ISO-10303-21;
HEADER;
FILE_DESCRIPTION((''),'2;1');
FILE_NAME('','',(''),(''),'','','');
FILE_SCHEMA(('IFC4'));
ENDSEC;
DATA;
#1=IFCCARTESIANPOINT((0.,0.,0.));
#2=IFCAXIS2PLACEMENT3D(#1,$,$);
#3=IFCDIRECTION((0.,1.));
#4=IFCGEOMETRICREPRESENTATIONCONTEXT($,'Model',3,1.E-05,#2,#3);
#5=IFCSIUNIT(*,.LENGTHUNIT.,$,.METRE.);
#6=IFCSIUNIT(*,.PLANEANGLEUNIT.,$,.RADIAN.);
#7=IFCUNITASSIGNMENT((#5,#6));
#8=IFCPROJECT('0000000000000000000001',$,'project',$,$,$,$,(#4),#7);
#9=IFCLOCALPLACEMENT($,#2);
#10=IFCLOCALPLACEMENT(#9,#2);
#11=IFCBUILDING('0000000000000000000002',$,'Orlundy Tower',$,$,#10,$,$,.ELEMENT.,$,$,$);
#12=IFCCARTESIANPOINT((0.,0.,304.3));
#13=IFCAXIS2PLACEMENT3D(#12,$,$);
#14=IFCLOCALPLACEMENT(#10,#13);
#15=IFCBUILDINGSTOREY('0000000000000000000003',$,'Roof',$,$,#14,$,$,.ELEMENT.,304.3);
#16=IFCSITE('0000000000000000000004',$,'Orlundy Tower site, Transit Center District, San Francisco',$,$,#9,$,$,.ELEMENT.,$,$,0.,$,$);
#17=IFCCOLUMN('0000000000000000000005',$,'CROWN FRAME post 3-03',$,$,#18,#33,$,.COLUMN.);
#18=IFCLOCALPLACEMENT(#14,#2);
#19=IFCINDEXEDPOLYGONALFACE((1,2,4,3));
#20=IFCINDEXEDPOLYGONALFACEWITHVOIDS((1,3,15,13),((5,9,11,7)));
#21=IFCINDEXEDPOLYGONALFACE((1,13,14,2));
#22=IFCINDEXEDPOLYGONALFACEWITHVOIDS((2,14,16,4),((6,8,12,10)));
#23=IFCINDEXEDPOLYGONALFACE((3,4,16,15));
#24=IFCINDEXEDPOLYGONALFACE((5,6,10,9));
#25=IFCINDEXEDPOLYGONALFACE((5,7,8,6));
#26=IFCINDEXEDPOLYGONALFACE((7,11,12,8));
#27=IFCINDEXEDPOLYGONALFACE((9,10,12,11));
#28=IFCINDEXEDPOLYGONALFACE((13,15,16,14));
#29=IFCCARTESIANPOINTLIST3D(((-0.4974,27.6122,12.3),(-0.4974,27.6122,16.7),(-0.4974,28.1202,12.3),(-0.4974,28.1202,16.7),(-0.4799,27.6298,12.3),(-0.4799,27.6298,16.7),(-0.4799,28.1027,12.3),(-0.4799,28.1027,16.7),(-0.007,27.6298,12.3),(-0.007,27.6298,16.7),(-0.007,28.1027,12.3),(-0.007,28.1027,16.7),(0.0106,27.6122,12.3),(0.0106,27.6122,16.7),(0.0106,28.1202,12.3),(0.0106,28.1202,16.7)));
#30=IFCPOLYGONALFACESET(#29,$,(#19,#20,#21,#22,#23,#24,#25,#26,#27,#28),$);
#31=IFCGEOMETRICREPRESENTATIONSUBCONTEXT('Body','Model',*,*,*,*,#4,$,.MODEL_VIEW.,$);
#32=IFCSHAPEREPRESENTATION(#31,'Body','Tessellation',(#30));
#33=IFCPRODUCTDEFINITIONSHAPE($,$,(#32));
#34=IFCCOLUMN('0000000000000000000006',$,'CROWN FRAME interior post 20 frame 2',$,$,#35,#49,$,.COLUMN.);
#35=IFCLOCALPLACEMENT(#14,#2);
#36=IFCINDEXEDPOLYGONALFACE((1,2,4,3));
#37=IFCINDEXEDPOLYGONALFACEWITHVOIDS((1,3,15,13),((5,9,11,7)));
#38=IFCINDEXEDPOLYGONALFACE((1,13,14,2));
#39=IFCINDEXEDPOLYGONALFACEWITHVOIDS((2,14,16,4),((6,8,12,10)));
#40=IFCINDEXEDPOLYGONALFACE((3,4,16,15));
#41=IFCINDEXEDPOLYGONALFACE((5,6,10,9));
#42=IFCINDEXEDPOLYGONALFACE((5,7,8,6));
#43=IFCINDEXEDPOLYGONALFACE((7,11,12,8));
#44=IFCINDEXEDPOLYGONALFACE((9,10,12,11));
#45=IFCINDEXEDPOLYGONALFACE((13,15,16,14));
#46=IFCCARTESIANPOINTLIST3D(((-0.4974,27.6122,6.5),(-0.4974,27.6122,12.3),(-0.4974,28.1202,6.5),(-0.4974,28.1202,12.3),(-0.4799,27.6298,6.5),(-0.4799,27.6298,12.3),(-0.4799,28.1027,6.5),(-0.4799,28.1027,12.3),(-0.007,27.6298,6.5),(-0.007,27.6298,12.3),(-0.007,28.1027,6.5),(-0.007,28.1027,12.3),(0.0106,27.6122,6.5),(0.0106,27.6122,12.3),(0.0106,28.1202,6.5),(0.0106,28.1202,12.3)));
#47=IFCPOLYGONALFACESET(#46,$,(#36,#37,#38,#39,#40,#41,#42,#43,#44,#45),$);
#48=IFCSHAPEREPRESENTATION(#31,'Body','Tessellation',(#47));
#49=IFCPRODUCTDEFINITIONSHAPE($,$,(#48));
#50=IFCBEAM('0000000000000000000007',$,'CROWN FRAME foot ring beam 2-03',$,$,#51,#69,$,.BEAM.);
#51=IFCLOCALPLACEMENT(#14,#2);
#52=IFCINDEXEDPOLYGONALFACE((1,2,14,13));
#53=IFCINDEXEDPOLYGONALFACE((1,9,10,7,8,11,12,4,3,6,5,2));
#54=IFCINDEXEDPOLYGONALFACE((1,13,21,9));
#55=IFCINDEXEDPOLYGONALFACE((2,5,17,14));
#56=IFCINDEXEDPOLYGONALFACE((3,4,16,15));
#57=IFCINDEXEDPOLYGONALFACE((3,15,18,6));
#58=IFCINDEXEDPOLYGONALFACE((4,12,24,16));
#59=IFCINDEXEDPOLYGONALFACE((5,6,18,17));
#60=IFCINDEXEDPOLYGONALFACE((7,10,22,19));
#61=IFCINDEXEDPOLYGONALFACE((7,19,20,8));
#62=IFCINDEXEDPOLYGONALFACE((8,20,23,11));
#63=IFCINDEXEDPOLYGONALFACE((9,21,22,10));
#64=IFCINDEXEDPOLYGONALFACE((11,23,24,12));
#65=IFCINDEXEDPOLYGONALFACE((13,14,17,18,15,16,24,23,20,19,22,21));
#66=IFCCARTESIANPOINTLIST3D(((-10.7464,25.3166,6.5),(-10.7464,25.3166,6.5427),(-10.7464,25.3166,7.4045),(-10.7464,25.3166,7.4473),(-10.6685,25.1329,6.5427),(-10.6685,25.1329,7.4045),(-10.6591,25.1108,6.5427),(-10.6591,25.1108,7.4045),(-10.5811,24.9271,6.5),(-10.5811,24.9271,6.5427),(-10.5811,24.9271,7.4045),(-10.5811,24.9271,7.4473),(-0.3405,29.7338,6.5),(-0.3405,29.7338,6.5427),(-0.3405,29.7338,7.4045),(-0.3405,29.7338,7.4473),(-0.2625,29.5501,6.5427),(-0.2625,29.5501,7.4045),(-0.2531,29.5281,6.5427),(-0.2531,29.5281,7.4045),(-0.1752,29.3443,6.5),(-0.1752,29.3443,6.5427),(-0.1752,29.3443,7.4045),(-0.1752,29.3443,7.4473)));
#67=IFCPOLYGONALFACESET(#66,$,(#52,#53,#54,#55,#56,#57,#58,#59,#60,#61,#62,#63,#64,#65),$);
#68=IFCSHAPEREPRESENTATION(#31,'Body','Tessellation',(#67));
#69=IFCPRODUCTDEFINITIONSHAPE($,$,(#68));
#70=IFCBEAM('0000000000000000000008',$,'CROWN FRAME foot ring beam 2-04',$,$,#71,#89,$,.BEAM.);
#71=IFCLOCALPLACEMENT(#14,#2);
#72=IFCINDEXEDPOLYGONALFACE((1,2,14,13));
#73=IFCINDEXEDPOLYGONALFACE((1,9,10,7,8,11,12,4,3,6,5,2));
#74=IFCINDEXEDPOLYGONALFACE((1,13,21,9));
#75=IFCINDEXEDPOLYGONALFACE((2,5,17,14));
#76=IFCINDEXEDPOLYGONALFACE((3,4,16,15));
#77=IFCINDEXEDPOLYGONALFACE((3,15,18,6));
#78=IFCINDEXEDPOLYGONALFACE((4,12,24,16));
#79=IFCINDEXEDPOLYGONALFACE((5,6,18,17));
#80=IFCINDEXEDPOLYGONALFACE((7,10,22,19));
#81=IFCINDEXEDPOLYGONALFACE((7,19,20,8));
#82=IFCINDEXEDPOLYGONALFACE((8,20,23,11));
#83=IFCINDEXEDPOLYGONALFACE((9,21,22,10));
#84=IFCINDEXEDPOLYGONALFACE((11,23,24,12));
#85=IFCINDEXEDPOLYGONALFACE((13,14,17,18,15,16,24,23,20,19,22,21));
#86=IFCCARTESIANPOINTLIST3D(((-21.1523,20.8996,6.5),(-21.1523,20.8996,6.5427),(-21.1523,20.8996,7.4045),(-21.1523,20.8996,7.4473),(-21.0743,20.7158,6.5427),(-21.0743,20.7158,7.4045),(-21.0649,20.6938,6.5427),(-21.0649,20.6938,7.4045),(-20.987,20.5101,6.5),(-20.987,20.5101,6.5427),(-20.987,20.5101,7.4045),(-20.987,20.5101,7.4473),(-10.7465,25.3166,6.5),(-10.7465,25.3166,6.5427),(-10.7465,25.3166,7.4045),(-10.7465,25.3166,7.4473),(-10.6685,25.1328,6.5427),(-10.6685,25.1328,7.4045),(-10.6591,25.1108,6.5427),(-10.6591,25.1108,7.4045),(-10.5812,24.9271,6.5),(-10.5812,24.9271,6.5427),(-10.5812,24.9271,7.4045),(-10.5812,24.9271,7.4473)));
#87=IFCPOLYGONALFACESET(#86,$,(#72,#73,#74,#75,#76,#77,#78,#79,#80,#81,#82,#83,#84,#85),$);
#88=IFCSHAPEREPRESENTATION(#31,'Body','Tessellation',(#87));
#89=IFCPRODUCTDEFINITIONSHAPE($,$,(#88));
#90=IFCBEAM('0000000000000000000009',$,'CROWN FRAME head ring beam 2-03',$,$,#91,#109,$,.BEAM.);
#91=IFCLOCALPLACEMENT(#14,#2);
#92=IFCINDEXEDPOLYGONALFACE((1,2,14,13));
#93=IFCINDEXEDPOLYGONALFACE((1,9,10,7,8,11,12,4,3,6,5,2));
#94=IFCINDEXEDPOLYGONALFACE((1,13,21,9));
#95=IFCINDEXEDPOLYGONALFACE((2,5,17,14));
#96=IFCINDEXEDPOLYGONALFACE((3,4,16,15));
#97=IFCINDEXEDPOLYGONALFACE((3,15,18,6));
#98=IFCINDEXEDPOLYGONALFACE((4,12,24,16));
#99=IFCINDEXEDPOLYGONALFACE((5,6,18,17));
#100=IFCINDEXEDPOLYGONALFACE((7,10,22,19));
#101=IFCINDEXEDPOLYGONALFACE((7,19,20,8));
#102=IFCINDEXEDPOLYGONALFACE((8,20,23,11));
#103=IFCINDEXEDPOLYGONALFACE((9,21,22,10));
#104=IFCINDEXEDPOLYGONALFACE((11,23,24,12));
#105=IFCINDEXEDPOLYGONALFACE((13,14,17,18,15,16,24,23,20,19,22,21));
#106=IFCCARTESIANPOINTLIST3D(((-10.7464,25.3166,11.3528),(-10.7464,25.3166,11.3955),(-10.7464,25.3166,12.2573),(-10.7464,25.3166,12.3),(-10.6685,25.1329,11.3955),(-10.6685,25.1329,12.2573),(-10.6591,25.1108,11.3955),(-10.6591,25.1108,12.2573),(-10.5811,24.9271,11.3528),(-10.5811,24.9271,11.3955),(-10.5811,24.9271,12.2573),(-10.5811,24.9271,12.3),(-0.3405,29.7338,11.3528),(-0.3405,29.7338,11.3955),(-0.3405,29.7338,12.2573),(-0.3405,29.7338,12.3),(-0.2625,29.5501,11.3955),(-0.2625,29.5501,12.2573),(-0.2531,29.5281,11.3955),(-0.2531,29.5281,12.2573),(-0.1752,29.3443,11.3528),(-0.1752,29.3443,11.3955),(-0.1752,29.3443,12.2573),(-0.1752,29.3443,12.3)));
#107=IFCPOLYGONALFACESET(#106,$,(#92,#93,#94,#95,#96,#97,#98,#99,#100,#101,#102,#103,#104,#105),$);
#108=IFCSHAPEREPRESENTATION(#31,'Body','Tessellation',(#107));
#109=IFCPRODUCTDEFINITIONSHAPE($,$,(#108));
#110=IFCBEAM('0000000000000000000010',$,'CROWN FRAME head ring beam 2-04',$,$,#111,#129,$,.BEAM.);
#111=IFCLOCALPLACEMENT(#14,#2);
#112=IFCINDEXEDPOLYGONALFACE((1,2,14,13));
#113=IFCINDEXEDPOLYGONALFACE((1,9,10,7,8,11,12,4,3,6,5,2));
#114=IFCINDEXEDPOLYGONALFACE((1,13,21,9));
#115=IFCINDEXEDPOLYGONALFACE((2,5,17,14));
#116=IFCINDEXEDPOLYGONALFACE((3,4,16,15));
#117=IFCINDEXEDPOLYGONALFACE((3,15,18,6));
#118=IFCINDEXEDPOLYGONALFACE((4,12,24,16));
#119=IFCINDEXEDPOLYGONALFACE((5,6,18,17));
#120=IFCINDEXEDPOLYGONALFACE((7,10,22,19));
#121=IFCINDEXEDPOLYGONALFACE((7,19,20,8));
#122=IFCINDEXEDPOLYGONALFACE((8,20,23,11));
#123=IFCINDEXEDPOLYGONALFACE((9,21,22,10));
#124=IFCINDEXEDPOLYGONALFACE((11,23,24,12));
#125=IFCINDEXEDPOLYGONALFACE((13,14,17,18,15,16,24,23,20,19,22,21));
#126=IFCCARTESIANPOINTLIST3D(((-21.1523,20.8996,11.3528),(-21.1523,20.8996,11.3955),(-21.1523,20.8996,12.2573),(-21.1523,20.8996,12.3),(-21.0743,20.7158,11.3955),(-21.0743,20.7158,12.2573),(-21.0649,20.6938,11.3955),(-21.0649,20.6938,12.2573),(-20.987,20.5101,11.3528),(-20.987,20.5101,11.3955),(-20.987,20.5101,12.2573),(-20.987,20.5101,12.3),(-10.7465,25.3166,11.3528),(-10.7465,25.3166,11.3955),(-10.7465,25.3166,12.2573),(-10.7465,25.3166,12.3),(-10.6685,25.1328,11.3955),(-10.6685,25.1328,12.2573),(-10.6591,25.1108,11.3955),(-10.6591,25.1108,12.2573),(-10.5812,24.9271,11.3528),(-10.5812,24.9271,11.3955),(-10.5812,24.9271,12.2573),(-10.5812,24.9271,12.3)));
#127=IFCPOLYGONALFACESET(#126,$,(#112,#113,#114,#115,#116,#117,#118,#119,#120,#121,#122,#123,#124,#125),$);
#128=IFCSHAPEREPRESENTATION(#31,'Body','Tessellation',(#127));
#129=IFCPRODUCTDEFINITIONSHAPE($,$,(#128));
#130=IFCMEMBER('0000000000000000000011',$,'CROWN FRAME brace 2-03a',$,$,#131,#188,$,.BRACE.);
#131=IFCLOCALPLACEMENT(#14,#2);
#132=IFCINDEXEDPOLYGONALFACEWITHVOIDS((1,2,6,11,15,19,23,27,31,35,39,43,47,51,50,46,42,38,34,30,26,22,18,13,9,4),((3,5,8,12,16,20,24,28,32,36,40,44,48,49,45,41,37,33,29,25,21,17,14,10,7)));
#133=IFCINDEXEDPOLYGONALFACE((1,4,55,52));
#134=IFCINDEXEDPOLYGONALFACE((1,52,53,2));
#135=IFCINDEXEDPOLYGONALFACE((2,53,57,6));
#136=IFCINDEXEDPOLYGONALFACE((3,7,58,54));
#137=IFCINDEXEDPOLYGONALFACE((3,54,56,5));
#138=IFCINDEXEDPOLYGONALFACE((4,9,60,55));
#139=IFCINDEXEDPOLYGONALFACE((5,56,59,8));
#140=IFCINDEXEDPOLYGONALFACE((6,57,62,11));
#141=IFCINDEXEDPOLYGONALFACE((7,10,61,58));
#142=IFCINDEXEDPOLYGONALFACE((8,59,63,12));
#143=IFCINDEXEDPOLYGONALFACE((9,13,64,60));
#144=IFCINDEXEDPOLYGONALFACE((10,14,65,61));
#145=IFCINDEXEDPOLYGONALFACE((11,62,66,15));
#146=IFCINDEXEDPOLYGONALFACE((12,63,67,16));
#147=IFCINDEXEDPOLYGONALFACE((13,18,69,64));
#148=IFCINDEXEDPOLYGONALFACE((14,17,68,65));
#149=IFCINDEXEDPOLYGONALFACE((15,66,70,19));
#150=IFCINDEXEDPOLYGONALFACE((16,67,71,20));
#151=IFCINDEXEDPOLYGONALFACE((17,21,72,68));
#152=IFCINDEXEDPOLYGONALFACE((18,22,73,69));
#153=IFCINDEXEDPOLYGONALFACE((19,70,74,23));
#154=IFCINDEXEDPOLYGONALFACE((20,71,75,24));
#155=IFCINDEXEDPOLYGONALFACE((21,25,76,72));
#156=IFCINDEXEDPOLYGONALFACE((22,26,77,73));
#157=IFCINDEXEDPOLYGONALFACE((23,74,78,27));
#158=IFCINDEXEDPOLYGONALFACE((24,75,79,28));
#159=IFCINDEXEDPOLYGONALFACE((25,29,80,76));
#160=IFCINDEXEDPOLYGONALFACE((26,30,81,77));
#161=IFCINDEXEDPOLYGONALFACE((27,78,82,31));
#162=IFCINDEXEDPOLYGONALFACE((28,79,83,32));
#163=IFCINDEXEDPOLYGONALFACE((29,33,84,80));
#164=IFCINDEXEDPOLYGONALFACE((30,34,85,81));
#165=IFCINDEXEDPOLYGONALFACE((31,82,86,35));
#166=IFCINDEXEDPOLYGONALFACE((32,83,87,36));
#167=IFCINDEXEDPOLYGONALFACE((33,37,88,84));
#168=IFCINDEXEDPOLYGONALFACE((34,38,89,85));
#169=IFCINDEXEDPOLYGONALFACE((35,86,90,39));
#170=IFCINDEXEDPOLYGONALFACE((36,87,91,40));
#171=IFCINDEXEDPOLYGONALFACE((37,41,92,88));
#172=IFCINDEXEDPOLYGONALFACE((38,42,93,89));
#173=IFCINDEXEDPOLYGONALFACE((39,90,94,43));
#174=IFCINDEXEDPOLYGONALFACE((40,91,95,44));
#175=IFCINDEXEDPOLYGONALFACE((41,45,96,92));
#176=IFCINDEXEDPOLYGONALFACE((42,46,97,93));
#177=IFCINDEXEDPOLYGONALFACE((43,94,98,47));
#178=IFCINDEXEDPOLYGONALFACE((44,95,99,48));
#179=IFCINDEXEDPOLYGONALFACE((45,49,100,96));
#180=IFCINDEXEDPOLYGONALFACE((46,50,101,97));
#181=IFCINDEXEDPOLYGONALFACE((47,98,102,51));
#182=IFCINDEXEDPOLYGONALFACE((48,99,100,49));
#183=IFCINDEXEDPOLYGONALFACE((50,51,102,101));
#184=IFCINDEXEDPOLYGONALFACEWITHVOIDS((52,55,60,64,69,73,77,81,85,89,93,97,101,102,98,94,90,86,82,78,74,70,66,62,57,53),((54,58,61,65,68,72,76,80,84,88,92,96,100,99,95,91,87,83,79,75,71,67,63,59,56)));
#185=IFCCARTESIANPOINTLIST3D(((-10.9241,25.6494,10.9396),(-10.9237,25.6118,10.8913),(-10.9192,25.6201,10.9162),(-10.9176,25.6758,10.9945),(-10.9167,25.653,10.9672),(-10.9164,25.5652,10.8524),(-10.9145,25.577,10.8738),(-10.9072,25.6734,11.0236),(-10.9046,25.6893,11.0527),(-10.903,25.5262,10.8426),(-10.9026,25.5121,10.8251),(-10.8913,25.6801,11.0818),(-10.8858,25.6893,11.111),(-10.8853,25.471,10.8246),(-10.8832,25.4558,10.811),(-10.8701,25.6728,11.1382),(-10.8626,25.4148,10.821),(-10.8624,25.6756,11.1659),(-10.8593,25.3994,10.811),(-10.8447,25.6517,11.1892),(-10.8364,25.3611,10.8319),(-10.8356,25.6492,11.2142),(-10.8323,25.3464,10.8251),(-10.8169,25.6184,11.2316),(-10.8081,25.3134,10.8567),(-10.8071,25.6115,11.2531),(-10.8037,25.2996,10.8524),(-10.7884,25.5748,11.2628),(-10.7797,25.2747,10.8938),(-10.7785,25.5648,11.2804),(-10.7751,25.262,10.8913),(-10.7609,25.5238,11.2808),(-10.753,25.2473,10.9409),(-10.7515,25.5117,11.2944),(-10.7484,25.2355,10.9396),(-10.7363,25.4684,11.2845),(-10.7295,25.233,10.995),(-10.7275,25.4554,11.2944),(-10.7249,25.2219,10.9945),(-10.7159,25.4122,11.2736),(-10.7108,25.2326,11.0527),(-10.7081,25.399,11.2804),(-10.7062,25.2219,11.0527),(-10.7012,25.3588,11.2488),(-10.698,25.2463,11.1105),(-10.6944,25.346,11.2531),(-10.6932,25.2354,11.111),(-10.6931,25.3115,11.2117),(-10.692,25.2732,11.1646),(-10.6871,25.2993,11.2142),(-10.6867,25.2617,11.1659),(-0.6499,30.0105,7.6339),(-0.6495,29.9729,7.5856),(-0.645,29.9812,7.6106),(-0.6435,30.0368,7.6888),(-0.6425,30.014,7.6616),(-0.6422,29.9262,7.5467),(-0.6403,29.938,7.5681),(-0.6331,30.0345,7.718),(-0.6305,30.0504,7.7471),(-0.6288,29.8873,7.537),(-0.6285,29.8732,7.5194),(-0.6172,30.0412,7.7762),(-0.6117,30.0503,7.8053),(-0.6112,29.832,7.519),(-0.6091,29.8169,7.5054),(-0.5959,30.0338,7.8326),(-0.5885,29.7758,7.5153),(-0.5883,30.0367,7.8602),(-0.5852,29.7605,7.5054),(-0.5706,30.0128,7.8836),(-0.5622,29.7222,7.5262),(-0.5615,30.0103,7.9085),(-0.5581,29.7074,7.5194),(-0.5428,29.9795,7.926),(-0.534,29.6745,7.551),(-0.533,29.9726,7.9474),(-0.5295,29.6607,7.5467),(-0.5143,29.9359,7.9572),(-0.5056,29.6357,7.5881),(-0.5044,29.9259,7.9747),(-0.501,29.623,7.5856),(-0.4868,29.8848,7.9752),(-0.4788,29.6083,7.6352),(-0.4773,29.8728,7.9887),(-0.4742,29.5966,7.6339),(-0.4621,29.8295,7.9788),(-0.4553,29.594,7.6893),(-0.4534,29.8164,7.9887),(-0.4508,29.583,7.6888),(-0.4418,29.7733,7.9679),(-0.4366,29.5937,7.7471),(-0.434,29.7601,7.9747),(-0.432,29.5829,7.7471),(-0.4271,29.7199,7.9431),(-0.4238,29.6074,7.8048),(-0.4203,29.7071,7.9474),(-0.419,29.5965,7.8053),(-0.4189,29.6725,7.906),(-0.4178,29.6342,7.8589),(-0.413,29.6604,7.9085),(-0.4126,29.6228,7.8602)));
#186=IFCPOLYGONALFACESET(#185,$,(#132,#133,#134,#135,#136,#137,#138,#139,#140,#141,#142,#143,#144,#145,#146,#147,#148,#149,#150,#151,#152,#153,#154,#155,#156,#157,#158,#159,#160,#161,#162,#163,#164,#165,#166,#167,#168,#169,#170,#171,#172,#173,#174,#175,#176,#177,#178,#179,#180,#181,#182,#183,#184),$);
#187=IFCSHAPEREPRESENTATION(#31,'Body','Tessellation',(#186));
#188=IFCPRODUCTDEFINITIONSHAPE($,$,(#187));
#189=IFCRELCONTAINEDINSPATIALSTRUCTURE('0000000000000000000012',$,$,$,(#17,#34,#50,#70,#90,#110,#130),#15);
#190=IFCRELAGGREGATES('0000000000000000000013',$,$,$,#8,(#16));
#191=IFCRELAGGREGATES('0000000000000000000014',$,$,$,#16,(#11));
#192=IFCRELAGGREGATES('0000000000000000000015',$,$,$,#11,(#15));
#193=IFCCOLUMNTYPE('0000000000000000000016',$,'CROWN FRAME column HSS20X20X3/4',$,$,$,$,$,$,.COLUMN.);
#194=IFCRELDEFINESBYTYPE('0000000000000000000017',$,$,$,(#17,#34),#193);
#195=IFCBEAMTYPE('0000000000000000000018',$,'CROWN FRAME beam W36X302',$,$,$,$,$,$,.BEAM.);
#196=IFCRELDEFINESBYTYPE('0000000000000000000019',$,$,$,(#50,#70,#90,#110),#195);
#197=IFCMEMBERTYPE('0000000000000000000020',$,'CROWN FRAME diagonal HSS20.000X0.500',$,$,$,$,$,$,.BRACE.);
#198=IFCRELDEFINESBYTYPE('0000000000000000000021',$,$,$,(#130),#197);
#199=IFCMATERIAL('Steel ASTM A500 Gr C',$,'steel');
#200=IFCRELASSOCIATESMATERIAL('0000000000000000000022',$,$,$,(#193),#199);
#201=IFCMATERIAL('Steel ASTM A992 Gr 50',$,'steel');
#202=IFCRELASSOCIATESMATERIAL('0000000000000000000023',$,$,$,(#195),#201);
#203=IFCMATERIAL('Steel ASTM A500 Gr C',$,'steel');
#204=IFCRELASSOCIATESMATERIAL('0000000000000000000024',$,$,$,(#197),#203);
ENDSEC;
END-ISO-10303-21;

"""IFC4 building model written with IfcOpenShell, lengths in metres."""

from ifc_helpers import new_model, si_unit, direction, frame, origin, origin_2d, place, context, subcontext, project, spatial, hollow_rectangle, hollow_circle, i_section, extrude, material, material_profile, profile_set, type_object, element, save


model = new_model("IFC4")

# Units and contexts
model_context = context("Model", 3, precision=1e-05, world=origin(), true_north=direction((0.0, 1.0)))
body_context = subcontext(model_context, "Body", "Model", "MODEL_VIEW")
ifc_project = project(units=[si_unit("LENGTHUNIT", "METRE"), si_unit("PLANEANGLEUNIT", "RADIAN")], contexts=[model_context])

# Site, building, storey
site_placement = place(None, origin())
site = spatial("IfcSite", under=ifc_project, at=site_placement, Name="Orlundy Tower site, Transit Center District, San Francisco", CompositionType="ELEMENT", RefElevation=0.0)
building_placement = place(site_placement, origin())
building = spatial("IfcBuilding", under=site, at=building_placement, Name="Orlundy Tower", CompositionType="ELEMENT")
storey_placement = place(building_placement, frame((0.0, 0.0, 304.3)))
storey = spatial("IfcBuildingStorey", under=building, at=storey_placement, Name="Roof", CompositionType="ELEMENT", Elevation=304.3)

# Columns
ifc_material_1 = material(Name="Steel ASTM A500 Gr C", Category="steel")
ifc_material_profile_1 = material_profile(ifc_material_1, hollow_rectangle(XDim=0.5081, YDim=0.5081, WallThickness=0.0176, at=origin_2d()), Name="HSS20X20X3/4")
ifc_profile_set_1 = profile_set([ifc_material_profile_1], Name="Steel ASTM A500 Gr C")
column_type = type_object("IfcColumnType", Name="CROWN FRAME column HSS20X20X3/4", PredefinedType="COLUMN", material=ifc_profile_set_1)
column_1_placement = place(storey_placement, frame((-0.2434, 27.8662, 12.3), z_axis=(0.0, 0.0, 1.0), x_axis=(1.0, 0.0, 0.0)))
element("IfcColumn", 1, at=column_1_placement, inside=storey, type_object=column_type, Name="CROWN FRAME post 3-03", PredefinedType="COLUMN", context=body_context, shape_type="SweptSolid", body=[
    extrude(hollow_rectangle(XDim=0.5081, YDim=0.5081, WallThickness=0.0176, at=origin_2d()), origin(), (0.0, 0.0, 1.0), 4.3999),
])
column_2_placement = place(storey_placement, frame((-0.2434, 27.8662, 6.5), z_axis=(0.0, 0.0, 1.0), x_axis=(1.0, 0.0, 0.0)))
element("IfcColumn", 2, at=column_2_placement, inside=storey, type_object=column_type, Name="CROWN FRAME interior post 20 frame 2", PredefinedType="COLUMN", context=body_context, shape_type="SweptSolid", body=[
    extrude(hollow_rectangle(XDim=0.5081, YDim=0.5081, WallThickness=0.0176, at=origin_2d()), origin(), (0.0, 0.0, 1.0), 5.8),
])

# Beams
ifc_material_2 = material(Name="Steel ASTM A992 Gr 50", Category="steel")
ifc_material_profile_2 = material_profile(ifc_material_2, i_section(OverallWidth=0.4231, OverallDepth=0.9473, WebThickness=0.0239, FlangeThickness=0.0427, at=origin_2d()), Name="W36X302")
ifc_profile_set_2 = profile_set([ifc_material_profile_2], Name="Steel ASTM A992 Gr 50")
beam_type = type_object("IfcBeamType", Name="CROWN FRAME beam W36X302", PredefinedType="BEAM", material=ifc_profile_set_2)
beam_1_placement = place(storey_placement, frame((-0.2578, 29.5391, 6.9736), z_axis=(-0.9205, -0.390742, 0.0), x_axis=(0.390742, -0.9205, 0.0)))
element("IfcBeam", 3, at=beam_1_placement, inside=storey, type_object=beam_type, Name="CROWN FRAME foot ring beam 2-03", PredefinedType="BEAM", context=body_context, shape_type="SweptSolid", body=[
    extrude(i_section(OverallWidth=0.4231, OverallDepth=0.9473, WebThickness=0.0239, FlangeThickness=0.0427, at=origin_2d()), origin(), (0.0, 0.0, 1.0), 11.3047),
])
beam_2_placement = place(storey_placement, frame((-10.6638, 25.1218, 6.9736), z_axis=(-0.920505, -0.390732, 0.0), x_axis=(0.390732, -0.920505, 0.0)))
element("IfcBeam", 4, at=beam_2_placement, inside=storey, type_object=beam_type, Name="CROWN FRAME foot ring beam 2-04", PredefinedType="BEAM", context=body_context, shape_type="SweptSolid", body=[
    extrude(i_section(OverallWidth=0.4231, OverallDepth=0.9473, WebThickness=0.0239, FlangeThickness=0.0427, at=origin_2d()), origin(), (0.0, 0.0, 1.0), 11.3044),
])
beam_3_placement = place(storey_placement, frame((-0.2578, 29.5391, 11.8264), z_axis=(-0.9205, -0.390742, 0.0), x_axis=(0.390742, -0.9205, 0.0)))
element("IfcBeam", 5, at=beam_3_placement, inside=storey, type_object=beam_type, Name="CROWN FRAME head ring beam 2-03", PredefinedType="BEAM", context=body_context, shape_type="SweptSolid", body=[
    extrude(i_section(OverallWidth=0.4231, OverallDepth=0.9473, WebThickness=0.0239, FlangeThickness=0.0427, at=origin_2d()), origin(), (0.0, 0.0, 1.0), 11.3047),
])
beam_4_placement = place(storey_placement, frame((-10.6638, 25.1218, 11.8264), z_axis=(-0.920505, -0.390732, 0.0), x_axis=(0.390732, -0.920505, 0.0)))
element("IfcBeam", 6, at=beam_4_placement, inside=storey, type_object=beam_type, Name="CROWN FRAME head ring beam 2-04", PredefinedType="BEAM", context=body_context, shape_type="SweptSolid", body=[
    extrude(i_section(OverallWidth=0.4231, OverallDepth=0.9473, WebThickness=0.0239, FlangeThickness=0.0427, at=origin_2d()), origin(), (0.0, 0.0, 1.0), 11.3044),
])

# Member
ifc_material_3 = material(Name="Steel ASTM A500 Gr C", Category="steel")
ifc_material_profile_3 = material_profile(ifc_material_3, hollow_circle(Radius=0.2539, WallThickness=0.0117, at=origin_2d()), Name="HSS20.000X0.500")
ifc_profile_set_3 = profile_set([ifc_material_profile_3], Name="Steel ASTM A500 Gr C")
member_type_1 = type_object("IfcMemberType", Name="CROWN FRAME diagonal HSS20.000X0.500", PredefinedType="BRACE", material=ifc_profile_set_3)
member_1_placement = place(storey_placement, frame((-0.5312, 29.8167, 7.7471), z_axis=(-0.88261, -0.374642, 0.283976), x_axis=(0.390728, -0.920506, 0.0)))
element("IfcMember", 7, at=member_1_placement, inside=storey, type_object=member_type_1, Name="CROWN FRAME brace 2-03a", PredefinedType="BRACE", context=body_context, shape_type="SweptSolid", body=[
    extrude(hollow_circle(Radius=0.2539, WallThickness=0.0117, at=origin_2d()), origin(), (0.0, 0.0, 1.0), 11.6406),
])

save(model, "model.ifc")
